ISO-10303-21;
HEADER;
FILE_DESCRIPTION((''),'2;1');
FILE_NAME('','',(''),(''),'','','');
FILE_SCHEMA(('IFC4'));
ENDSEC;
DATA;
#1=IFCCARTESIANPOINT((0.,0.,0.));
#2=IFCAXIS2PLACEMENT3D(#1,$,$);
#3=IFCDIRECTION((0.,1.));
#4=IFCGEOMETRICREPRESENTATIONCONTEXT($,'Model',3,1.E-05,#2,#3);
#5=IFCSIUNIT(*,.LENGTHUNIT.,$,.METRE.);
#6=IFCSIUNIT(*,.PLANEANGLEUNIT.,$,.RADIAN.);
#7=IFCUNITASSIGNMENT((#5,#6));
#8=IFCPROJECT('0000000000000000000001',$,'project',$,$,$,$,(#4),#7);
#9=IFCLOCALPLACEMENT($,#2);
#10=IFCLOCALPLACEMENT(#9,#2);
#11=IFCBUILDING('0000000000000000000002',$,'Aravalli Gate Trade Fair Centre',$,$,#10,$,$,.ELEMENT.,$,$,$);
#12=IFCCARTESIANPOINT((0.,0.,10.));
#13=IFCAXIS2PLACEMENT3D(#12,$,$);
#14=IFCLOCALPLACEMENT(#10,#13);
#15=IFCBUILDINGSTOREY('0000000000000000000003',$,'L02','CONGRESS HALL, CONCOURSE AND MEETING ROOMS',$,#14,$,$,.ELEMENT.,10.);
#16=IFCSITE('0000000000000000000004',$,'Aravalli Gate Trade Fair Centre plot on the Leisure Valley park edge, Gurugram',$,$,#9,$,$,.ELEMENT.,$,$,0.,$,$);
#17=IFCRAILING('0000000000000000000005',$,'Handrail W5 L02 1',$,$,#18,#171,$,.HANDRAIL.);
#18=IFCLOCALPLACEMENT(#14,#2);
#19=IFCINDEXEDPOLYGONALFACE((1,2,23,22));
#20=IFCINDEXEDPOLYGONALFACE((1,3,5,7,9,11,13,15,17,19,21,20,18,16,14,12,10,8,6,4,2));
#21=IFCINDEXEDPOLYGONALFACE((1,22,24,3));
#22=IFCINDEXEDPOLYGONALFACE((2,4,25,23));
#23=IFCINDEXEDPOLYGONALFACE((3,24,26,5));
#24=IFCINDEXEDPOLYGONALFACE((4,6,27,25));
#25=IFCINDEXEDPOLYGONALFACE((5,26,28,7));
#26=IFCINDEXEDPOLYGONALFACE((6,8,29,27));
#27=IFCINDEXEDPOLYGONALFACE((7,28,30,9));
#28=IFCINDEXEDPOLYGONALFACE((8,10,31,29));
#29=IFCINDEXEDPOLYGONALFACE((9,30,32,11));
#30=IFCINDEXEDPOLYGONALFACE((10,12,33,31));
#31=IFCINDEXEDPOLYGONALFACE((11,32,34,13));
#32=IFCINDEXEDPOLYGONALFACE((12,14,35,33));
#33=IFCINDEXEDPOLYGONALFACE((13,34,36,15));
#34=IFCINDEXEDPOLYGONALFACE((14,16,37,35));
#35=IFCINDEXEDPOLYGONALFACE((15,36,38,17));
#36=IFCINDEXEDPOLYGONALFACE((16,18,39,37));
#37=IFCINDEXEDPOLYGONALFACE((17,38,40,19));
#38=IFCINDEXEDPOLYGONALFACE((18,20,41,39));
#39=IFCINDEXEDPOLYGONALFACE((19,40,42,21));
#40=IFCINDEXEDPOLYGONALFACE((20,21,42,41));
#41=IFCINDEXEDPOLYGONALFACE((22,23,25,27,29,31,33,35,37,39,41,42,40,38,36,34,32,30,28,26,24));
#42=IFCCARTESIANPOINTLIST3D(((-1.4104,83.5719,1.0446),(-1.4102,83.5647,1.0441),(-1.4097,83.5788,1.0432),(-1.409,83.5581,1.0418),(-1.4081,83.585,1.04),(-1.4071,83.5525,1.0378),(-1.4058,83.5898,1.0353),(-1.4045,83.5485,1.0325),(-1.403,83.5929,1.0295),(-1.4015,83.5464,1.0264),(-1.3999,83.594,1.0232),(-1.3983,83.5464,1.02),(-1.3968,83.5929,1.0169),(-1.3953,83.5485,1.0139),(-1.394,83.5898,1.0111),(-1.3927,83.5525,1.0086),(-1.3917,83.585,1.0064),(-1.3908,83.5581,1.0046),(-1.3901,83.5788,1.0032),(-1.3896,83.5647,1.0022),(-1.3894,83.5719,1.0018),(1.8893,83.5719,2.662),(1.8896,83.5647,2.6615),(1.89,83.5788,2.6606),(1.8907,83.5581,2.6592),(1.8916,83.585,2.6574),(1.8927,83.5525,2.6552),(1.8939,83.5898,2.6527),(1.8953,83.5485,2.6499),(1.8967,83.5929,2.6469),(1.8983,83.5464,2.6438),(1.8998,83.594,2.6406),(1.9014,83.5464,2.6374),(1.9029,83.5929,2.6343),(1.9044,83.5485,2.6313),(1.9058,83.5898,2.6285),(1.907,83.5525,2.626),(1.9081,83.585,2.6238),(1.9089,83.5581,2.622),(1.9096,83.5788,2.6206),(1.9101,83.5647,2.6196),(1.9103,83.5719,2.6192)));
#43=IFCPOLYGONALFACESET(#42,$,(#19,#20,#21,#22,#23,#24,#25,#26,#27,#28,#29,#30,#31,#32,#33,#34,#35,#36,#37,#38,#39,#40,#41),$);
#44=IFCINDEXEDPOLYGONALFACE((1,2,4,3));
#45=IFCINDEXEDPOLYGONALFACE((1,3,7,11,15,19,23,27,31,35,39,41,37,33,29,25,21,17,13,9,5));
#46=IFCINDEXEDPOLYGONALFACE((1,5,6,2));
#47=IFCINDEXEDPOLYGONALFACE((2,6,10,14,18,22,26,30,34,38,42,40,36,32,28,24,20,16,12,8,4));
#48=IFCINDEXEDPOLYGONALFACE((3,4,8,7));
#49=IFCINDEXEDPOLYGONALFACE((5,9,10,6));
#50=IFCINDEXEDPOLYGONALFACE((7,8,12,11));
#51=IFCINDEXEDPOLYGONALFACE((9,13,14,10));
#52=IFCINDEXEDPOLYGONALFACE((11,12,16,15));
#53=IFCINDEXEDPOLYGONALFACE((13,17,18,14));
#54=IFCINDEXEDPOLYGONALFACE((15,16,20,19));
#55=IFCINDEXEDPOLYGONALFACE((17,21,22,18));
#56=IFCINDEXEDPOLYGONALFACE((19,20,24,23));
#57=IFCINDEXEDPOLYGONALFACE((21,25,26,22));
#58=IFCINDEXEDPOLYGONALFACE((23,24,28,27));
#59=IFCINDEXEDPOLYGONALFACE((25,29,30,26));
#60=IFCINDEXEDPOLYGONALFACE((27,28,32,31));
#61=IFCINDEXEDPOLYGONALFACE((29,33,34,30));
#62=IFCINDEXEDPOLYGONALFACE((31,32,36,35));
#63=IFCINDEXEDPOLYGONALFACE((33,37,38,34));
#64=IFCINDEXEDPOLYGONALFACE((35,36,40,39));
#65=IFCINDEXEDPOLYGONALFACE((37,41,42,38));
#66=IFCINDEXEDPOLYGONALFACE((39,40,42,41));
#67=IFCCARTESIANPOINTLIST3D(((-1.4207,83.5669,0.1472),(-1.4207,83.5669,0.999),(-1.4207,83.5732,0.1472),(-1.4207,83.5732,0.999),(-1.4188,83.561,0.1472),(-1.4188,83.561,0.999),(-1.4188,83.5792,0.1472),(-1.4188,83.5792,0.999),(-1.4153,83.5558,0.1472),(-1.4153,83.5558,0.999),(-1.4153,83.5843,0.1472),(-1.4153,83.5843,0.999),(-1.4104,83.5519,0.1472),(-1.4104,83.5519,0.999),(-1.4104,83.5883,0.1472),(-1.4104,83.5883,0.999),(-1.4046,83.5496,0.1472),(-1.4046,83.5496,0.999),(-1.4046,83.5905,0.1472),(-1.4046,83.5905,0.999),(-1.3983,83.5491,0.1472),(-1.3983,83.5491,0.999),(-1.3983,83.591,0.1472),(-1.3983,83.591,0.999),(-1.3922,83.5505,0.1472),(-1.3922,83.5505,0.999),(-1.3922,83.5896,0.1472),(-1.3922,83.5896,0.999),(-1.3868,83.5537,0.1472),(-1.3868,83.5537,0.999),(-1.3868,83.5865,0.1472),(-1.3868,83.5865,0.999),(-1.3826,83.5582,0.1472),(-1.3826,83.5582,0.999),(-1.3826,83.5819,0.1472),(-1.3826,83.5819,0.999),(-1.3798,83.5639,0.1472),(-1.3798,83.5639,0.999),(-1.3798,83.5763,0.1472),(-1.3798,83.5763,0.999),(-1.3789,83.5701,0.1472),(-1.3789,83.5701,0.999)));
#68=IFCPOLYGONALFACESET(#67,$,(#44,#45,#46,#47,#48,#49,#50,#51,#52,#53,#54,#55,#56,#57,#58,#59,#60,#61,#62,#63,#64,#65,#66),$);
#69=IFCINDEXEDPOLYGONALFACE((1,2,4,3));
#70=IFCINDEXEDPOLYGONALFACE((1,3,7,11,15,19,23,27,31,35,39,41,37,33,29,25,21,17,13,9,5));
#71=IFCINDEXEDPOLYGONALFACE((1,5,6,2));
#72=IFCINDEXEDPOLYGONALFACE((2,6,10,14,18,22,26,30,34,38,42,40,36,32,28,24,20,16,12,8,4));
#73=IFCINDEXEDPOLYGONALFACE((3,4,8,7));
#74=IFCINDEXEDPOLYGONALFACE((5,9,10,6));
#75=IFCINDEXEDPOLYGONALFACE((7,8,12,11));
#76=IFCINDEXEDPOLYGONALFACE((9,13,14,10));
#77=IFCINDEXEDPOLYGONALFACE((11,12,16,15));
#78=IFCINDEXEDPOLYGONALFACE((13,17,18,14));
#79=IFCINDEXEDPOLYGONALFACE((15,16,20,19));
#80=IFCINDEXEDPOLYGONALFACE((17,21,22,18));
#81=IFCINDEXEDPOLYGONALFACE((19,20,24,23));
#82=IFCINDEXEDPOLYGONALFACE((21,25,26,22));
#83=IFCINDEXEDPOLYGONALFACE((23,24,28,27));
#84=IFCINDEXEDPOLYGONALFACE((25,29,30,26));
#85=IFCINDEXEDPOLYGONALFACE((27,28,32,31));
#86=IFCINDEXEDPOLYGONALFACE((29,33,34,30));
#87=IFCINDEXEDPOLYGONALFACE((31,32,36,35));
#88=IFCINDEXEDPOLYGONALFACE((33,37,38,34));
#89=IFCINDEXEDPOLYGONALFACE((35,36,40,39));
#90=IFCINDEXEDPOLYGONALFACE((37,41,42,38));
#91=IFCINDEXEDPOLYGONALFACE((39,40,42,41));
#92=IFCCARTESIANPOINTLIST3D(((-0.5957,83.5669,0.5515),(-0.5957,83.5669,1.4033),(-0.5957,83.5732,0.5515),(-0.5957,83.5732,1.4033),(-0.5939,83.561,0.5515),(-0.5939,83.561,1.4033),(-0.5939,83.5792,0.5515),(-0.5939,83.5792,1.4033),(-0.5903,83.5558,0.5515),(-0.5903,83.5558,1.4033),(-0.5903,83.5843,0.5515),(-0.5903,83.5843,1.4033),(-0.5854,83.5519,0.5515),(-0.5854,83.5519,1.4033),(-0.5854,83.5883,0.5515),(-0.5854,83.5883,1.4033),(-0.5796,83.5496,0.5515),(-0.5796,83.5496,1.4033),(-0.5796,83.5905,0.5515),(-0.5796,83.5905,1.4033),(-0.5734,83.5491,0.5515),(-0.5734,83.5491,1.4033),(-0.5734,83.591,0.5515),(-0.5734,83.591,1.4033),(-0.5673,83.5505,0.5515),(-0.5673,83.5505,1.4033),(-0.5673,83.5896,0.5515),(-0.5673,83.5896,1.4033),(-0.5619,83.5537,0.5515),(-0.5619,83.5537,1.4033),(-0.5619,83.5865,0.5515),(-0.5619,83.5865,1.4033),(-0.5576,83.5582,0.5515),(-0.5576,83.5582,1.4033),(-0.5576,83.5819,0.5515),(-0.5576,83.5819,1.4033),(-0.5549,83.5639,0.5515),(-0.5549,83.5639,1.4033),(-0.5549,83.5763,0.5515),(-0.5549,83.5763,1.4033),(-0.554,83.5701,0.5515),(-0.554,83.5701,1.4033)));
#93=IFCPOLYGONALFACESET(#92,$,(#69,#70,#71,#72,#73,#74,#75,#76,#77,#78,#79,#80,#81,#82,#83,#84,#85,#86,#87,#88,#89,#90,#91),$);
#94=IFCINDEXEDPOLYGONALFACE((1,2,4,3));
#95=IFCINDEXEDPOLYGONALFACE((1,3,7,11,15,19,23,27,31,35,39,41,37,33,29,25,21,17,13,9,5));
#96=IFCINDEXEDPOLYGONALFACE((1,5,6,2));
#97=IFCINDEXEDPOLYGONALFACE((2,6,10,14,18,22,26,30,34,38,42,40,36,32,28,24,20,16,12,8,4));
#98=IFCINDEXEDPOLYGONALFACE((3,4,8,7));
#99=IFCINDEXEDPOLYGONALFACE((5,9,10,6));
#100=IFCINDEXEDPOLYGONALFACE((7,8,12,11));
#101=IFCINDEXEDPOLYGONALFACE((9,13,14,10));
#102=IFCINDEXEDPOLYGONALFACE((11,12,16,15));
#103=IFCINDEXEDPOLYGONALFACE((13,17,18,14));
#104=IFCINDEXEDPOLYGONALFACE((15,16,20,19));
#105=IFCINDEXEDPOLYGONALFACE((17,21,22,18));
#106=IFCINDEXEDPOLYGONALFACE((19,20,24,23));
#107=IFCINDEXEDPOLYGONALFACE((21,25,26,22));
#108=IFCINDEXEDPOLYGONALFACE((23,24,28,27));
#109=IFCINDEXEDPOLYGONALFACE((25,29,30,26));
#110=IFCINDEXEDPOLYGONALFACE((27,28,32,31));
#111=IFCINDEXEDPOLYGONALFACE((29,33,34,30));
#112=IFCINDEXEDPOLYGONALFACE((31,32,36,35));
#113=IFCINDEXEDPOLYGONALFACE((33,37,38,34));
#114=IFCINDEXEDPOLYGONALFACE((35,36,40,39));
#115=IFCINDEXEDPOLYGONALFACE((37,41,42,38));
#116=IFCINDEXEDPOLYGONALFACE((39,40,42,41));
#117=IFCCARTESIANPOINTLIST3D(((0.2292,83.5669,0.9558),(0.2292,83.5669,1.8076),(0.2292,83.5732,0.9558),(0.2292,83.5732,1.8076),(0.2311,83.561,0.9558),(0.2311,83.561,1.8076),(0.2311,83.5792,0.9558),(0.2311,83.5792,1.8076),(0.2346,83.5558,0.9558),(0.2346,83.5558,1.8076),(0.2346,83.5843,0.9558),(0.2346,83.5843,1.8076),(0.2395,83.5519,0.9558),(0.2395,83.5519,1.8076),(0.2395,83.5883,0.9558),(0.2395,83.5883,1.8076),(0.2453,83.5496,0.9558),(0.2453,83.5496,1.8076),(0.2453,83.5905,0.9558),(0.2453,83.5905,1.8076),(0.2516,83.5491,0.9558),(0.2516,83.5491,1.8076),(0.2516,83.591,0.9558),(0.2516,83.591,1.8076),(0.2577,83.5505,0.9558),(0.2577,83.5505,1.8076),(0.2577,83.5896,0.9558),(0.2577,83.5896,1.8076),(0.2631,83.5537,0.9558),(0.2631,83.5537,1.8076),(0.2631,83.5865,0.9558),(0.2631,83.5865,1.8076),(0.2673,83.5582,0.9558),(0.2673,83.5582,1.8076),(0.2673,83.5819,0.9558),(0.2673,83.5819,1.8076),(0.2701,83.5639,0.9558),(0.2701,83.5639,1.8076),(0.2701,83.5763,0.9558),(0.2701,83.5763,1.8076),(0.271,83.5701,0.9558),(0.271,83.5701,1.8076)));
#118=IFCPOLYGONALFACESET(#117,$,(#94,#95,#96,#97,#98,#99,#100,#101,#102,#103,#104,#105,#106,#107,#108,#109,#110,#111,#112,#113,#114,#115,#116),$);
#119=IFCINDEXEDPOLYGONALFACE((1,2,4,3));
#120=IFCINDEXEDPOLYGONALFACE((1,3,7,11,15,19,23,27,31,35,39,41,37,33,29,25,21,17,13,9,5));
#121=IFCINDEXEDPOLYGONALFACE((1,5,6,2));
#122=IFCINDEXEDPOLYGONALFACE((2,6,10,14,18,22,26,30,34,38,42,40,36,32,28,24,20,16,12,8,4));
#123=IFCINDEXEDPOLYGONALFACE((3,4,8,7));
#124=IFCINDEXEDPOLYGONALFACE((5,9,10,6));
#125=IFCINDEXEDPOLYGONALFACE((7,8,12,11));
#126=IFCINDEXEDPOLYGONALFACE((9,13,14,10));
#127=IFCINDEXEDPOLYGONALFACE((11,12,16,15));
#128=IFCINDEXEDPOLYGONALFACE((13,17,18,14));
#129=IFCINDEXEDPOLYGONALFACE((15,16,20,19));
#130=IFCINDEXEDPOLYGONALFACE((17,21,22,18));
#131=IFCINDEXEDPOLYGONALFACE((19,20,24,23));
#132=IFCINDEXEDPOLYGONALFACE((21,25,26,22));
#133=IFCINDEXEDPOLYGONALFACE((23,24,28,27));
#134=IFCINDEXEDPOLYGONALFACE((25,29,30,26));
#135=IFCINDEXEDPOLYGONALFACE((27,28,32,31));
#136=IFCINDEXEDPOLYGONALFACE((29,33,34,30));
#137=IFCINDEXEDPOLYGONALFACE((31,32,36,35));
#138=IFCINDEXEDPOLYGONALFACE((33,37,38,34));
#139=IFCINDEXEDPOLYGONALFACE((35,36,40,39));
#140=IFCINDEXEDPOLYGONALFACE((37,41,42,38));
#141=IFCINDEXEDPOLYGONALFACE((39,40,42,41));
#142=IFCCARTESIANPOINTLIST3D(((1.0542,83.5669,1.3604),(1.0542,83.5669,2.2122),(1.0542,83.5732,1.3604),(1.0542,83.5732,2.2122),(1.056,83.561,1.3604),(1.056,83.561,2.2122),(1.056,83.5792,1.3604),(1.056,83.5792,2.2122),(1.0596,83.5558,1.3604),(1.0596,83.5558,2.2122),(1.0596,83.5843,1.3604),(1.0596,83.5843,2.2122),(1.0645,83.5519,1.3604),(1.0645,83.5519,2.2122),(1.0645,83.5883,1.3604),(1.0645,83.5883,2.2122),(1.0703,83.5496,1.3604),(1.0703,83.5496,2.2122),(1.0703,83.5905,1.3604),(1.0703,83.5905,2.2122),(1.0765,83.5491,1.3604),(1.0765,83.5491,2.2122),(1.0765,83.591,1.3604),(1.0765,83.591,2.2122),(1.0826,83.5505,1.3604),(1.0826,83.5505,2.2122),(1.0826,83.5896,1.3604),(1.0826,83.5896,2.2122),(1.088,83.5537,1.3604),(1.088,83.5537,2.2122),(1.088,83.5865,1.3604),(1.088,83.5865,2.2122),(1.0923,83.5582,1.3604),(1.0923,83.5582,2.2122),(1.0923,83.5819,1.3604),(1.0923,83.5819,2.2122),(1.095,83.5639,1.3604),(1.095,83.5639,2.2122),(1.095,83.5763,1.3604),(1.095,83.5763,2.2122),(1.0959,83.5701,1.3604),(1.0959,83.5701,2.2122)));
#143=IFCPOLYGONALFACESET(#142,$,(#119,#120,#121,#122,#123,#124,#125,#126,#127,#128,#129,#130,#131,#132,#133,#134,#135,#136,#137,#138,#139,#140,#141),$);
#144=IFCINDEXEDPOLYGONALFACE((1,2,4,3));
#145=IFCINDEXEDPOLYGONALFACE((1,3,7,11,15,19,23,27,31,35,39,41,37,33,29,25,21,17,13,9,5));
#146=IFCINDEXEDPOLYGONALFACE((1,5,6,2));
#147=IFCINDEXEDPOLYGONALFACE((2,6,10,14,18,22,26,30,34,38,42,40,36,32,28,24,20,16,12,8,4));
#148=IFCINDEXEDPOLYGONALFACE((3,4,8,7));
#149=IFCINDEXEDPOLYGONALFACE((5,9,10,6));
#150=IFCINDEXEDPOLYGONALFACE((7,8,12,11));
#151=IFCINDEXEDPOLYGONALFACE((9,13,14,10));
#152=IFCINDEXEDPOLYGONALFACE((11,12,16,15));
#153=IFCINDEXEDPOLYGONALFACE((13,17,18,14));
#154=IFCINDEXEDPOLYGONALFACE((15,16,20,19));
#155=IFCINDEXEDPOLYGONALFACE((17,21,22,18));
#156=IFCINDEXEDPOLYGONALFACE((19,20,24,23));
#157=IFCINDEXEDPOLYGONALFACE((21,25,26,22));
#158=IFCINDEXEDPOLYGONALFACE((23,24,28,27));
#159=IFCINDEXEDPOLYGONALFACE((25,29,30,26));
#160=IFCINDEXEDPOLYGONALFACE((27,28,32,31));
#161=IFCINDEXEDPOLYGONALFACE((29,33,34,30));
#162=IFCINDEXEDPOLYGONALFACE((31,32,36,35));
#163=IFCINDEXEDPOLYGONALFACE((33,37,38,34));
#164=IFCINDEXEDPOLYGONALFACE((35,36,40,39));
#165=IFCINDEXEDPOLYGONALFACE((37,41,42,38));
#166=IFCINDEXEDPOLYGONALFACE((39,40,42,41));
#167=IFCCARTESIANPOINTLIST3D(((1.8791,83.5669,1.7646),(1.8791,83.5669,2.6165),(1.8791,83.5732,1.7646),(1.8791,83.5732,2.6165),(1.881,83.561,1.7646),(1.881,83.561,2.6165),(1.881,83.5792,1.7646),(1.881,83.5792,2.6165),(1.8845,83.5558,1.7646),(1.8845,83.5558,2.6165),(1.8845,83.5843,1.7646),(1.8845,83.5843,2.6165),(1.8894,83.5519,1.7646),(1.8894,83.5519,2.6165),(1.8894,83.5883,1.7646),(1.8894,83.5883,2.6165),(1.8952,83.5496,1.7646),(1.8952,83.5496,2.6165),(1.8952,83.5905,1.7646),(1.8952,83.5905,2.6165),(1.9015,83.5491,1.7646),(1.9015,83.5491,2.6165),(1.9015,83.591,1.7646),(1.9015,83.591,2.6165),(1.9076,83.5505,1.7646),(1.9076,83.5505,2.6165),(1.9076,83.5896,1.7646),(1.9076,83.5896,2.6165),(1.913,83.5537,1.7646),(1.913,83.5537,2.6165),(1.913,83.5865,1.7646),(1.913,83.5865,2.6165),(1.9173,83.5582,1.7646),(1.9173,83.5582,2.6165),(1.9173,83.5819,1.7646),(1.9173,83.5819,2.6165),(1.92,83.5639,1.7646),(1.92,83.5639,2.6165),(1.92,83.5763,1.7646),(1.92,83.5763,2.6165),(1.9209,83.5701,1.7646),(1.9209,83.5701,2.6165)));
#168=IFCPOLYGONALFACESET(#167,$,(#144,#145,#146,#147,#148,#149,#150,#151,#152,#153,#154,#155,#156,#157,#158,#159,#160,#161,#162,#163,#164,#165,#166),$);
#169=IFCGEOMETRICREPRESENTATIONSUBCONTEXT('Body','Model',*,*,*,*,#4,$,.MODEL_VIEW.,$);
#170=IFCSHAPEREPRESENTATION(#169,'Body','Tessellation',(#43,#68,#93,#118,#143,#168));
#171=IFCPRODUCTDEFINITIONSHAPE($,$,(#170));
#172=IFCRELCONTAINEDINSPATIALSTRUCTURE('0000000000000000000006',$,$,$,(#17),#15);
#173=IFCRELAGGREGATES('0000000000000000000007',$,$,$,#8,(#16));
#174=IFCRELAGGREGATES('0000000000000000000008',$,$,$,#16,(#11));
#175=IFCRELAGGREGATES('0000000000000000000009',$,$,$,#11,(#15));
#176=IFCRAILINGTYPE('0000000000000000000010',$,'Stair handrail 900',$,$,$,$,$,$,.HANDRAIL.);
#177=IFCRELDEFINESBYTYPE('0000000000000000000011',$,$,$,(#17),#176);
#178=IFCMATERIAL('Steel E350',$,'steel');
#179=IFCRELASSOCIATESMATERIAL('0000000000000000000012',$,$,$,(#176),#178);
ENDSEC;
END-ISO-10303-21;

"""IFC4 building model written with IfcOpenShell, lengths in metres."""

from ifc_helpers import new_model, si_unit, direction, frame, origin, origin_2d, place, context, subcontext, project, spatial, circle, extrude, material, type_object, element, save


model = new_model("IFC4")

# Units and contexts
model_context = context("Model", 3, precision=1e-05, world=origin(), true_north=direction((0.0, 1.0)))
body_context = subcontext(model_context, "Body", "Model", "MODEL_VIEW")
ifc_project = project(units=[si_unit("LENGTHUNIT", "METRE"), si_unit("PLANEANGLEUNIT", "RADIAN")], contexts=[model_context])

# Site, building, storey
site_placement = place(None, origin())
site = spatial("IfcSite", under=ifc_project, at=site_placement, Name="Aravalli Gate Trade Fair Centre plot on the Leisure Valley park edge, Gurugram", CompositionType="ELEMENT", RefElevation=0.0)
building_placement = place(site_placement, origin())
building = spatial("IfcBuilding", under=site, at=building_placement, Name="Aravalli Gate Trade Fair Centre", CompositionType="ELEMENT")
storey_placement = place(building_placement, frame((0.0, 0.0, 10.0)))
storey = spatial("IfcBuildingStorey", under=building, at=storey_placement, Name="L02", Description="CONGRESS HALL, CONCOURSE AND MEETING ROOMS", CompositionType="ELEMENT", Elevation=10.0)

# Railing
ifc_material_1 = material(Name="Steel E350", Category="steel")
railing_type_1 = type_object("IfcRailingType", Name="Stair handrail 900", PredefinedType="HANDRAIL", material=ifc_material_1)
for number, where, name in (
    (1, (-1.3999, 83.5701, 0.1472), "Handrail W5 L02 1"),
):
    element("IfcRailing", number, at=place(storey_placement, frame(where)), inside=storey, type_object=railing_type_1, Name=name, PredefinedType="HANDRAIL", context=body_context, shape_type="SweptSolid", body=[
        extrude(circle(Radius=0.0239, at=origin_2d()), frame((0.0, 0.0, 0.876), z_axis=(0.897934, 0.0, 0.440131), x_axis=(0.0, 1.0, 0.0)), (0.0, 0.0, 1.0), 3.6748),
        extrude(circle(Radius=0.021, at=origin_2d()), origin(), (0.0, 0.0, 1.0), 0.8518),
        extrude(circle(Radius=0.021, at=origin_2d()), frame((0.825, 0.0, 0.4043)), (0.0, 0.0, 1.0), 0.8518),
        extrude(circle(Radius=0.021, at=origin_2d()), frame((1.6499, 0.0, 0.8086)), (0.0, 0.0, 1.0), 0.8518),
        extrude(circle(Radius=0.021, at=origin_2d()), frame((2.4749, 0.0, 1.2131)), (0.0, 0.0, 1.0), 0.8518),
        extrude(circle(Radius=0.021, at=origin_2d()), frame((3.2998, 0.0, 1.6174)), (0.0, 0.0, 1.0), 0.8518),
    ])

save(model, "model.ifc")
